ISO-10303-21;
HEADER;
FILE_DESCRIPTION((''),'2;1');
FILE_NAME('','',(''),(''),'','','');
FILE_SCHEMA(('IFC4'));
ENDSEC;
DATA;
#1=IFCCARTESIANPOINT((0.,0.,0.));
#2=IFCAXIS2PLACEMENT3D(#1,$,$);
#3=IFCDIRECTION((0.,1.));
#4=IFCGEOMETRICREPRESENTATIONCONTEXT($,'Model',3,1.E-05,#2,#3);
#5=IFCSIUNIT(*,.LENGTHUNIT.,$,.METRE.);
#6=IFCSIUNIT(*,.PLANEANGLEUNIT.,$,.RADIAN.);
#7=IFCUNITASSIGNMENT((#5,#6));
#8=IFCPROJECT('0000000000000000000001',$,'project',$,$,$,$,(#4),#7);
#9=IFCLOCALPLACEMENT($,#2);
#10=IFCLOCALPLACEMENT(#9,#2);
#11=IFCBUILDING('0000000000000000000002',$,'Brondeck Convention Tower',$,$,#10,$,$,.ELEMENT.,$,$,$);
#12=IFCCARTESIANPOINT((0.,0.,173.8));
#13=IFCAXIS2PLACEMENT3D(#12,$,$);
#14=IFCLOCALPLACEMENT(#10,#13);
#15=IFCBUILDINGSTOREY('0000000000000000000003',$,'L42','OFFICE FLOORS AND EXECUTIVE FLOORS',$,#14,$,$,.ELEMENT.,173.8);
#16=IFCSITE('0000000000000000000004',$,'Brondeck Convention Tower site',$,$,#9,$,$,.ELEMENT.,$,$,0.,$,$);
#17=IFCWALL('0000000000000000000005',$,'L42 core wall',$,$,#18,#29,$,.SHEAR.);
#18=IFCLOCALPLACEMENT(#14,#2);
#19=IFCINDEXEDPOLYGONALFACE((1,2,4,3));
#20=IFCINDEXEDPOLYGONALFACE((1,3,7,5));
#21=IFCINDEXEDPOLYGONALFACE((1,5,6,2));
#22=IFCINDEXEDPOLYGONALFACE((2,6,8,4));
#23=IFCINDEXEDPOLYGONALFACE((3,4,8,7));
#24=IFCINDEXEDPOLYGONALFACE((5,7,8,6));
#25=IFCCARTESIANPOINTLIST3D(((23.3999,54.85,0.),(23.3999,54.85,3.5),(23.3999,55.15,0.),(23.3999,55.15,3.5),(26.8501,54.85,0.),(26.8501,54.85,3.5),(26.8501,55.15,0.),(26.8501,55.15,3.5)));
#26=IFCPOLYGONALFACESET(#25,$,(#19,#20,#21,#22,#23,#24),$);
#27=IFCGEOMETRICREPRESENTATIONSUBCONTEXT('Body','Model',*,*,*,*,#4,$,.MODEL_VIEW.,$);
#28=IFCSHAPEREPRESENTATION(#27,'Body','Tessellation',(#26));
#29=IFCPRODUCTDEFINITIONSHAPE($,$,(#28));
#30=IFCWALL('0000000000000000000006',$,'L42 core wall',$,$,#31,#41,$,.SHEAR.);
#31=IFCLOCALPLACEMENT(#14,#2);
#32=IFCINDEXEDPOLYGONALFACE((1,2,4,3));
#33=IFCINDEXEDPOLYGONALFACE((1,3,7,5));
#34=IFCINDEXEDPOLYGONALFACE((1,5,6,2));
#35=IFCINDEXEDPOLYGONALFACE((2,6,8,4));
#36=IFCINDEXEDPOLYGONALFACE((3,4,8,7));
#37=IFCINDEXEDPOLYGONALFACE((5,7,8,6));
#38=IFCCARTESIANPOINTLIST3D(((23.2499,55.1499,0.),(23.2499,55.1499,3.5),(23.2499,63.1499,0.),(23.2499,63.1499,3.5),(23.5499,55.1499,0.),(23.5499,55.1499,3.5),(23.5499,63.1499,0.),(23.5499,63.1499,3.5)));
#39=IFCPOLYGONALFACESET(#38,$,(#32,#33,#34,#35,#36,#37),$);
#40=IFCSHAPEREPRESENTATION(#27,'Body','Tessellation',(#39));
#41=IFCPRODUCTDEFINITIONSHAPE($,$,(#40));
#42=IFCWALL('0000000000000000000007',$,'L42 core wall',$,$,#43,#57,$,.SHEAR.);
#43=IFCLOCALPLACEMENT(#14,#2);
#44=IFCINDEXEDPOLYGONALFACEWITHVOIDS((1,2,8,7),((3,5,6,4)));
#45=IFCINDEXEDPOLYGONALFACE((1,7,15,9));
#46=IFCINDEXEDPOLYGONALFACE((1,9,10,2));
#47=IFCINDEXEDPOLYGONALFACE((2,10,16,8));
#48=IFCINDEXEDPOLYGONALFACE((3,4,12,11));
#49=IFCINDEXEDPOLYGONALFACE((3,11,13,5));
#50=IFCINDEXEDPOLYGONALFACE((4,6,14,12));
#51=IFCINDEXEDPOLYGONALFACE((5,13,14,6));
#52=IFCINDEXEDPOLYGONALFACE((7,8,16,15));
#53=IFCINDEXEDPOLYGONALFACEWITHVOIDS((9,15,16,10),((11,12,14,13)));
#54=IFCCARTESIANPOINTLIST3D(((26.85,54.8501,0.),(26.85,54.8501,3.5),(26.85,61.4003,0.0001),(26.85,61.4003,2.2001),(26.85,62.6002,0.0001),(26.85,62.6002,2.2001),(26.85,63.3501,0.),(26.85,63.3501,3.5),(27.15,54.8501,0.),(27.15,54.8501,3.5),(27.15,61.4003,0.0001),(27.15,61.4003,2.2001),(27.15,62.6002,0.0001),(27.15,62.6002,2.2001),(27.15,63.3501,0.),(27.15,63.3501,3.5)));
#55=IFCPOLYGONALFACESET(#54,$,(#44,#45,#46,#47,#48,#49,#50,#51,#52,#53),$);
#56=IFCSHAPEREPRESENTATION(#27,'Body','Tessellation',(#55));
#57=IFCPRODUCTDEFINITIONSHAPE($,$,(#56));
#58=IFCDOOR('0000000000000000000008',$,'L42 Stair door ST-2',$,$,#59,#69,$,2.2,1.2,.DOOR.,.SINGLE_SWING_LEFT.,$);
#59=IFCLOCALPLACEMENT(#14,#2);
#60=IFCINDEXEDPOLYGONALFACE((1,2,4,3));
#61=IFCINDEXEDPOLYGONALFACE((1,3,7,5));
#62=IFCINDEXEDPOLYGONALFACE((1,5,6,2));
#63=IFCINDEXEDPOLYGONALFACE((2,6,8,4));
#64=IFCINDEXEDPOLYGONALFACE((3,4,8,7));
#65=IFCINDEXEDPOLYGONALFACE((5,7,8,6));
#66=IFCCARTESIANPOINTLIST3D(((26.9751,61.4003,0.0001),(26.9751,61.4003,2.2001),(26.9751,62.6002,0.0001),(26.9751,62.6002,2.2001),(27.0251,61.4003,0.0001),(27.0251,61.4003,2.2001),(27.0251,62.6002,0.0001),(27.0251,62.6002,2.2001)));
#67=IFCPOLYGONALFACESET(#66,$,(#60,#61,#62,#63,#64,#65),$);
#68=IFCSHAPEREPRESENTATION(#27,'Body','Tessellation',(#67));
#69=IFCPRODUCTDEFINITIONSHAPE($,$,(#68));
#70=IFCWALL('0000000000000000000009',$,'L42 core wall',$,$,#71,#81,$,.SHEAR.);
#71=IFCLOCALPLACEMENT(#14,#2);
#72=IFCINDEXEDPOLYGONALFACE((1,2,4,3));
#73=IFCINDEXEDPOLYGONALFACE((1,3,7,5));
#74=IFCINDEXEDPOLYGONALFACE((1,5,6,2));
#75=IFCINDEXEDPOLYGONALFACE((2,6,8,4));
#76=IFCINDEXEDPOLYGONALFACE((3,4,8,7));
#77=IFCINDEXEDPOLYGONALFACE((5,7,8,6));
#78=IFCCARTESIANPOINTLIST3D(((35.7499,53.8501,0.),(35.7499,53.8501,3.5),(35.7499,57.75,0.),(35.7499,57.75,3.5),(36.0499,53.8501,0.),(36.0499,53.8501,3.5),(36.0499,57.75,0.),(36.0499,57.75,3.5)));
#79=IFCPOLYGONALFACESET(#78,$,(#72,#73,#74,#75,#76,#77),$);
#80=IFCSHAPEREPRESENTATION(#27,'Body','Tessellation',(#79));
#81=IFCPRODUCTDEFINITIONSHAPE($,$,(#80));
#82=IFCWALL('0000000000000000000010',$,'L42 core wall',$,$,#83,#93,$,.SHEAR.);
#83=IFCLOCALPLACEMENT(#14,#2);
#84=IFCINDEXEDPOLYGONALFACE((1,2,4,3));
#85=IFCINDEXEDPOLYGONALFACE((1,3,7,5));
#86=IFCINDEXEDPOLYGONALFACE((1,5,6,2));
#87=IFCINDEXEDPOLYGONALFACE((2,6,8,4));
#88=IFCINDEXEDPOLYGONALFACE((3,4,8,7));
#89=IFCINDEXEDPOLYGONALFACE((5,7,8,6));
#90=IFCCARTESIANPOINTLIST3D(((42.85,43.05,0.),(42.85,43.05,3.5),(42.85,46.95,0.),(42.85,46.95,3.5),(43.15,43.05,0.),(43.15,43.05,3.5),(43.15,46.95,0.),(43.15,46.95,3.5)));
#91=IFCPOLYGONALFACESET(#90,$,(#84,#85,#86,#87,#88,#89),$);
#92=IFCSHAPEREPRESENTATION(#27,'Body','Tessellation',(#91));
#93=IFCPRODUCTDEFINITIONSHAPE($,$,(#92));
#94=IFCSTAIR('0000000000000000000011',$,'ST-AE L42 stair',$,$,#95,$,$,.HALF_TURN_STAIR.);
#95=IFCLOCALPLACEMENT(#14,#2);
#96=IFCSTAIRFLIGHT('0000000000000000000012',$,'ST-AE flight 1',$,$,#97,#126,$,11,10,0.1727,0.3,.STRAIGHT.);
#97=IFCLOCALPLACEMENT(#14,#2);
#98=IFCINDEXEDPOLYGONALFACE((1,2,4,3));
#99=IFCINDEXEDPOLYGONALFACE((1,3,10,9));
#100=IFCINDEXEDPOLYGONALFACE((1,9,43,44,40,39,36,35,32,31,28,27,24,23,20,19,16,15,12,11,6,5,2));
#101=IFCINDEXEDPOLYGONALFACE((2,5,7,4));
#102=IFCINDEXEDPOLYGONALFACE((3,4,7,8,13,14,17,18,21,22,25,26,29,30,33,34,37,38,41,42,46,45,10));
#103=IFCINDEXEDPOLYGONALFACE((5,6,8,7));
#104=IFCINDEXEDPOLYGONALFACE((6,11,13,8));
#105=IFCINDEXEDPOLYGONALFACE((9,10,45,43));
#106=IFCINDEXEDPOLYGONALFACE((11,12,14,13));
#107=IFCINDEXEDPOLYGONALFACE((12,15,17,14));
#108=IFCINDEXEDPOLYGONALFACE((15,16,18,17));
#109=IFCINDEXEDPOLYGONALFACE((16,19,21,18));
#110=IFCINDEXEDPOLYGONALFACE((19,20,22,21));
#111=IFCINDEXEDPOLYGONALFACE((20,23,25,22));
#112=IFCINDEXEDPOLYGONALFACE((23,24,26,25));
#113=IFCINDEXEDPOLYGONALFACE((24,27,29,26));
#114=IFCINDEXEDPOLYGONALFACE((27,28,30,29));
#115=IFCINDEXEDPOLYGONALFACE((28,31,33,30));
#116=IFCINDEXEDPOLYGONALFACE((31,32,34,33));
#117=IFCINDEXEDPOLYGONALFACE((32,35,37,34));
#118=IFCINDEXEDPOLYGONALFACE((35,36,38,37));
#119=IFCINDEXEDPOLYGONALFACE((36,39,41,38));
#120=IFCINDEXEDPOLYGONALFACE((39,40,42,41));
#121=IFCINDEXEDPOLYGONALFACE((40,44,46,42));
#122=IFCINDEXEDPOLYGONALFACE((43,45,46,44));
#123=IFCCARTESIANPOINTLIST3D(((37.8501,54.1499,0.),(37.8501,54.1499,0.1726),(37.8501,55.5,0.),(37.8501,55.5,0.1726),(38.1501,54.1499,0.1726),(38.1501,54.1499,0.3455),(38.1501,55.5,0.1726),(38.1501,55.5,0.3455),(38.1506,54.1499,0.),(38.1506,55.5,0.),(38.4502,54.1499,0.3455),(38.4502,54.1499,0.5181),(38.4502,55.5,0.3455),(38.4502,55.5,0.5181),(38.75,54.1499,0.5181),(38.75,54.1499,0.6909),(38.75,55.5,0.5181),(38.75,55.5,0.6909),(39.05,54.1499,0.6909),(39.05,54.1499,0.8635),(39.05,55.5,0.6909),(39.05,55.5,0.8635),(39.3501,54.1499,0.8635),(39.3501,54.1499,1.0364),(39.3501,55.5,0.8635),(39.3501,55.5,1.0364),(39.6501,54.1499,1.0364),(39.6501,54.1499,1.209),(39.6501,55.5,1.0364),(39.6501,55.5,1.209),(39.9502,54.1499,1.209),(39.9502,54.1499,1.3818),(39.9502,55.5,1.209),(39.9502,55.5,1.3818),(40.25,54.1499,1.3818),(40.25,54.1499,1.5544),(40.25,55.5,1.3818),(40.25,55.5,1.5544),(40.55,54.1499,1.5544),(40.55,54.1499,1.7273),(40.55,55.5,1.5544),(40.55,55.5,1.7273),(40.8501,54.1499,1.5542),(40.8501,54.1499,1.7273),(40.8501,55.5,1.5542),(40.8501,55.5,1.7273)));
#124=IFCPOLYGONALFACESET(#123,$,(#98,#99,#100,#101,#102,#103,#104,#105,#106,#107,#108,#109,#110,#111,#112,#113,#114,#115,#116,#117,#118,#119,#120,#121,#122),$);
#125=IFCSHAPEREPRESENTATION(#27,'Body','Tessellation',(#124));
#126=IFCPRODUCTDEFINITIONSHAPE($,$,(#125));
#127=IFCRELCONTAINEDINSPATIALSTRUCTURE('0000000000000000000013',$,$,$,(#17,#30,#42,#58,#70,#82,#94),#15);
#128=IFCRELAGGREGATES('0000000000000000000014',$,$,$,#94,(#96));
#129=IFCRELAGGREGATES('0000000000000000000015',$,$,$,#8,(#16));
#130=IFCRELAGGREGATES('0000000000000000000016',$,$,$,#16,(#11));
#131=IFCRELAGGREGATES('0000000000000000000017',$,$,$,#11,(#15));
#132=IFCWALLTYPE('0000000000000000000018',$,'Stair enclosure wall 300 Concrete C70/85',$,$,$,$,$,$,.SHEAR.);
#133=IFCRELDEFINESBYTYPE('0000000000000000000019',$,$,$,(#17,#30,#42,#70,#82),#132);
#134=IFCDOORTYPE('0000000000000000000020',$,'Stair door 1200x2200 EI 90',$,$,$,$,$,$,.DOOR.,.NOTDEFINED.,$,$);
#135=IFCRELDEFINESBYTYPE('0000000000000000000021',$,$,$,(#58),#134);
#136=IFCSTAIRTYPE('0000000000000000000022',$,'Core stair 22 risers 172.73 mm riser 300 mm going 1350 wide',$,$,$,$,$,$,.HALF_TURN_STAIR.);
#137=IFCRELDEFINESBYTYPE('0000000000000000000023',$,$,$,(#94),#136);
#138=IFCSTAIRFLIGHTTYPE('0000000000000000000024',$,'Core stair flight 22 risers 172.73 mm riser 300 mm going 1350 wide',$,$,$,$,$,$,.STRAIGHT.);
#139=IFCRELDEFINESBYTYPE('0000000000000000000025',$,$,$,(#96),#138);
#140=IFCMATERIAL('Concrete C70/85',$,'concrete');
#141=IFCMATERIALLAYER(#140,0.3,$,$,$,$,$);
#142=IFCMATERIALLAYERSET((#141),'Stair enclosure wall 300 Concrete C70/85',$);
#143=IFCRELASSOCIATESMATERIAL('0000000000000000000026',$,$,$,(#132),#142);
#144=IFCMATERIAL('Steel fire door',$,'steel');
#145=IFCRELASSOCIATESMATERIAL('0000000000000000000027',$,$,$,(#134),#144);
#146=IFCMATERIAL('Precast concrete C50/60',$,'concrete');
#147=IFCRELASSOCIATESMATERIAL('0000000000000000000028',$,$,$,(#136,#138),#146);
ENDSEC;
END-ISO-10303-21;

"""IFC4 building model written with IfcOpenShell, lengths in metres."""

from ifc_helpers import new_model, si_unit, direction, frame, frame_2d, origin, place, context, subcontext, project, spatial, polyline, rectangle, outline, extrude, material, layer, layer_set, type_object, element, fill, aggregate, save


model = new_model("IFC4")

# Units and contexts
model_context = context("Model", 3, precision=1e-05, world=origin(), true_north=direction((0.0, 1.0)))
body_context = subcontext(model_context, "Body", "Model", "MODEL_VIEW")
ifc_project = project(units=[si_unit("LENGTHUNIT", "METRE"), si_unit("PLANEANGLEUNIT", "RADIAN")], contexts=[model_context])

# Site, building, storey
site_placement = place(None, origin())
site = spatial("IfcSite", under=ifc_project, at=site_placement, Name="Brondeck Convention Tower site", CompositionType="ELEMENT", RefElevation=0.0)
building_placement = place(site_placement, origin())
building = spatial("IfcBuilding", under=site, at=building_placement, Name="Brondeck Convention Tower", CompositionType="ELEMENT")
storey_placement = place(building_placement, frame((0.0, 0.0, 173.8)))
storey = spatial("IfcBuildingStorey", under=building, at=storey_placement, Name="L42", Description="OFFICE FLOORS AND EXECUTIVE FLOORS", CompositionType="ELEMENT", Elevation=173.8)

# Shared definitions
ifc_material_1 = material(Name="Concrete C70/85", Category="concrete")

# Shared definitions
ifc_layer_1 = layer(ifc_material_1, 0.3)
ifc_layer_set_1 = layer_set([ifc_layer_1], Name="Stair enclosure wall 300 Concrete C70/85")
wall_type_1 = type_object("IfcWallType", Name="Stair enclosure wall 300 Concrete C70/85", PredefinedType="SHEAR", material=ifc_layer_set_1)
ifc_material_2 = material(Name="Steel fire door", Category="steel")
door_type_1 = type_object("IfcDoorType", Name="Stair door 1200x2200 EI 90", OperationType="NOTDEFINED", PredefinedType="DOOR", material=ifc_material_2)

# Walls
wall_1_placement = place(storey_placement, frame((23.3999, 55.0, 0.0), z_axis=(0.0, 0.0, 1.0), x_axis=(1.0, 0.0, 0.0)))
element("IfcWall", 1, at=wall_1_placement, inside=storey, type_object=wall_type_1, Name="L42 core wall", PredefinedType="SHEAR", context=body_context, shape_type="SweptSolid", body=[
    extrude(rectangle(XDim=3.4502, YDim=0.3, at=frame_2d((1.7251, 0.0))), origin(), (0.0, 0.0, 1.0), 3.5),
])
wall_2_placement = place(storey_placement, frame((23.3999, 55.1499, 0.0), z_axis=(0.0, 0.0, 1.0), x_axis=(0.0, 1.0, 0.0)))
element("IfcWall", 2, at=wall_2_placement, inside=storey, type_object=wall_type_1, Name="L42 core wall", PredefinedType="SHEAR", context=body_context, shape_type="SweptSolid", body=[
    extrude(rectangle(XDim=8.0, YDim=0.3, at=frame_2d((4.0, 0.0))), origin(), (0.0, 0.0, 1.0), 3.5),
])

# Wall, opening, door
wall_3_placement = place(storey_placement, frame((27.0, 54.8501, 0.0), z_axis=(0.0, 0.0, 1.0), x_axis=(0.0, 1.0, 0.0)))
wall_3 = element("IfcWall", 3, at=wall_3_placement, inside=storey, type_object=wall_type_1, Name="L42 core wall", PredefinedType="SHEAR", context=body_context, shape_type="SweptSolid", body=[
    extrude(rectangle(XDim=8.5, YDim=0.3, at=frame_2d((4.25, 0.0))), origin(), (0.0, 0.0, 1.0), 3.5),
])
opening_1_placement = place(wall_3_placement, frame((6.55, 0.0, 0.0)))
opening_1 = element("IfcOpeningElement", 4, at=opening_1_placement, cuts=wall_3, PredefinedType="OPENING", context=body_context, shape_type="SweptSolid", body=[
    extrude(rectangle(XDim=1.2, YDim=2.2, at=frame_2d((0.6001, 1.1001))), frame((0.0, 0.1599, 0.0), z_axis=(0.0, -1.0, 0.0), x_axis=(1.0, 0.0, 0.0)), (0.0, 0.0, 1.0), 0.3201),
])
door_1_placement = place(opening_1_placement, origin())
door_1 = element("IfcDoor", 5, at=door_1_placement, inside=storey, type_object=door_type_1, Name="L42 Stair door ST-2", OperationType="SINGLE_SWING_LEFT", OverallHeight=2.2, OverallWidth=1.2, PredefinedType="DOOR", context=body_context, shape_type="SweptSolid", body=[
    extrude(rectangle(XDim=1.2, YDim=2.2, at=frame_2d((0.6001, 1.1001))), frame((0.0, 0.0249, 0.0), z_axis=(0.0, -1.0, 0.0), x_axis=(1.0, 0.0, 0.0)), (0.0, 0.0, 1.0), 0.05),
])
fill(opening_1, door_1)

# Walls
for number, where, z_axis, x_axis, name in (
    (6, (35.8999, 53.8501, 0.0), (0.0, 0.0, 1.0), (0.0, 1.0, 0.0), "L42 core wall"),
    (7, (43.0, 43.05, 0.0), (0.0, 0.0, 1.0), (0.0, 1.0, 0.0), "L42 core wall"),
):
    element("IfcWall", number, at=place(storey_placement, frame(where, z_axis=z_axis, x_axis=x_axis)), inside=storey, type_object=wall_type_1, Name=name, PredefinedType="SHEAR", context=body_context, shape_type="SweptSolid", body=[
        extrude(rectangle(XDim=3.8999, YDim=0.3, at=frame_2d((1.95, 0.0))), origin(), (0.0, 0.0, 1.0), 3.5),
    ])

# Stair, stair flight
ifc_material_3 = material(Name="Precast concrete C50/60", Category="concrete")
stair_type = type_object("IfcStairType", Name="Core stair 22 risers 172.73 mm riser 300 mm going 1350 wide", PredefinedType="HALF_TURN_STAIR", material=ifc_material_3)
stair_placement = place(storey_placement, origin())
stair = element("IfcStair", 8, at=stair_placement, inside=storey, type_object=stair_type, Name="ST-AE L42 stair", PredefinedType="HALF_TURN_STAIR")
stair_flight_type = type_object("IfcStairFlightType", Name="Core stair flight 22 risers 172.73 mm riser 300 mm going 1350 wide", PredefinedType="STRAIGHT", material=ifc_material_3)
stair_flight_placement = place(storey_placement, frame((37.8501, 54.825, 0.0), z_axis=(0.0, 0.0, 1.0), x_axis=(1.0, 0.0, 0.0)))
stair_flight = element("IfcStairFlight", 9, at=stair_flight_placement, type_object=stair_flight_type, Name="ST-AE flight 1", NumberOfRisers=11, NumberOfTreads=10, PredefinedType="STRAIGHT", RiserHeight=0.1727, TreadLength=0.3, context=body_context, shape_type="SweptSolid", body=[
    extrude(outline(polyline([(0.0, 0.0), (0.0, 0.1726), (0.3, 0.1726), (0.3, 0.3455), (0.6001, 0.3455), (0.6001, 0.5181), (0.8999, 0.5181), (0.8999, 0.6909), (1.2, 0.6909), (1.2, 0.8635), (1.5, 0.8635), (1.5, 1.0364), (1.8, 1.0364), (1.8, 1.209), (2.1001, 1.209), (2.1001, 1.3818), (2.3999, 1.3818), (2.3999, 1.5544), (2.7, 1.5544), (2.7, 1.7273), (3.0, 1.7273), (3.0, 1.8999), (3.0, 1.5542), (0.3005, 0.0), (0.0, 0.0)])), frame((0.0, 0.675, 0.0), z_axis=(0.0, -1.0, 0.0), x_axis=(1.0, 0.0, 0.0)), (0.0, 0.0, 1.0), 1.3501),
])
aggregate(stair, [stair_flight])

save(model, "model.ifc")
